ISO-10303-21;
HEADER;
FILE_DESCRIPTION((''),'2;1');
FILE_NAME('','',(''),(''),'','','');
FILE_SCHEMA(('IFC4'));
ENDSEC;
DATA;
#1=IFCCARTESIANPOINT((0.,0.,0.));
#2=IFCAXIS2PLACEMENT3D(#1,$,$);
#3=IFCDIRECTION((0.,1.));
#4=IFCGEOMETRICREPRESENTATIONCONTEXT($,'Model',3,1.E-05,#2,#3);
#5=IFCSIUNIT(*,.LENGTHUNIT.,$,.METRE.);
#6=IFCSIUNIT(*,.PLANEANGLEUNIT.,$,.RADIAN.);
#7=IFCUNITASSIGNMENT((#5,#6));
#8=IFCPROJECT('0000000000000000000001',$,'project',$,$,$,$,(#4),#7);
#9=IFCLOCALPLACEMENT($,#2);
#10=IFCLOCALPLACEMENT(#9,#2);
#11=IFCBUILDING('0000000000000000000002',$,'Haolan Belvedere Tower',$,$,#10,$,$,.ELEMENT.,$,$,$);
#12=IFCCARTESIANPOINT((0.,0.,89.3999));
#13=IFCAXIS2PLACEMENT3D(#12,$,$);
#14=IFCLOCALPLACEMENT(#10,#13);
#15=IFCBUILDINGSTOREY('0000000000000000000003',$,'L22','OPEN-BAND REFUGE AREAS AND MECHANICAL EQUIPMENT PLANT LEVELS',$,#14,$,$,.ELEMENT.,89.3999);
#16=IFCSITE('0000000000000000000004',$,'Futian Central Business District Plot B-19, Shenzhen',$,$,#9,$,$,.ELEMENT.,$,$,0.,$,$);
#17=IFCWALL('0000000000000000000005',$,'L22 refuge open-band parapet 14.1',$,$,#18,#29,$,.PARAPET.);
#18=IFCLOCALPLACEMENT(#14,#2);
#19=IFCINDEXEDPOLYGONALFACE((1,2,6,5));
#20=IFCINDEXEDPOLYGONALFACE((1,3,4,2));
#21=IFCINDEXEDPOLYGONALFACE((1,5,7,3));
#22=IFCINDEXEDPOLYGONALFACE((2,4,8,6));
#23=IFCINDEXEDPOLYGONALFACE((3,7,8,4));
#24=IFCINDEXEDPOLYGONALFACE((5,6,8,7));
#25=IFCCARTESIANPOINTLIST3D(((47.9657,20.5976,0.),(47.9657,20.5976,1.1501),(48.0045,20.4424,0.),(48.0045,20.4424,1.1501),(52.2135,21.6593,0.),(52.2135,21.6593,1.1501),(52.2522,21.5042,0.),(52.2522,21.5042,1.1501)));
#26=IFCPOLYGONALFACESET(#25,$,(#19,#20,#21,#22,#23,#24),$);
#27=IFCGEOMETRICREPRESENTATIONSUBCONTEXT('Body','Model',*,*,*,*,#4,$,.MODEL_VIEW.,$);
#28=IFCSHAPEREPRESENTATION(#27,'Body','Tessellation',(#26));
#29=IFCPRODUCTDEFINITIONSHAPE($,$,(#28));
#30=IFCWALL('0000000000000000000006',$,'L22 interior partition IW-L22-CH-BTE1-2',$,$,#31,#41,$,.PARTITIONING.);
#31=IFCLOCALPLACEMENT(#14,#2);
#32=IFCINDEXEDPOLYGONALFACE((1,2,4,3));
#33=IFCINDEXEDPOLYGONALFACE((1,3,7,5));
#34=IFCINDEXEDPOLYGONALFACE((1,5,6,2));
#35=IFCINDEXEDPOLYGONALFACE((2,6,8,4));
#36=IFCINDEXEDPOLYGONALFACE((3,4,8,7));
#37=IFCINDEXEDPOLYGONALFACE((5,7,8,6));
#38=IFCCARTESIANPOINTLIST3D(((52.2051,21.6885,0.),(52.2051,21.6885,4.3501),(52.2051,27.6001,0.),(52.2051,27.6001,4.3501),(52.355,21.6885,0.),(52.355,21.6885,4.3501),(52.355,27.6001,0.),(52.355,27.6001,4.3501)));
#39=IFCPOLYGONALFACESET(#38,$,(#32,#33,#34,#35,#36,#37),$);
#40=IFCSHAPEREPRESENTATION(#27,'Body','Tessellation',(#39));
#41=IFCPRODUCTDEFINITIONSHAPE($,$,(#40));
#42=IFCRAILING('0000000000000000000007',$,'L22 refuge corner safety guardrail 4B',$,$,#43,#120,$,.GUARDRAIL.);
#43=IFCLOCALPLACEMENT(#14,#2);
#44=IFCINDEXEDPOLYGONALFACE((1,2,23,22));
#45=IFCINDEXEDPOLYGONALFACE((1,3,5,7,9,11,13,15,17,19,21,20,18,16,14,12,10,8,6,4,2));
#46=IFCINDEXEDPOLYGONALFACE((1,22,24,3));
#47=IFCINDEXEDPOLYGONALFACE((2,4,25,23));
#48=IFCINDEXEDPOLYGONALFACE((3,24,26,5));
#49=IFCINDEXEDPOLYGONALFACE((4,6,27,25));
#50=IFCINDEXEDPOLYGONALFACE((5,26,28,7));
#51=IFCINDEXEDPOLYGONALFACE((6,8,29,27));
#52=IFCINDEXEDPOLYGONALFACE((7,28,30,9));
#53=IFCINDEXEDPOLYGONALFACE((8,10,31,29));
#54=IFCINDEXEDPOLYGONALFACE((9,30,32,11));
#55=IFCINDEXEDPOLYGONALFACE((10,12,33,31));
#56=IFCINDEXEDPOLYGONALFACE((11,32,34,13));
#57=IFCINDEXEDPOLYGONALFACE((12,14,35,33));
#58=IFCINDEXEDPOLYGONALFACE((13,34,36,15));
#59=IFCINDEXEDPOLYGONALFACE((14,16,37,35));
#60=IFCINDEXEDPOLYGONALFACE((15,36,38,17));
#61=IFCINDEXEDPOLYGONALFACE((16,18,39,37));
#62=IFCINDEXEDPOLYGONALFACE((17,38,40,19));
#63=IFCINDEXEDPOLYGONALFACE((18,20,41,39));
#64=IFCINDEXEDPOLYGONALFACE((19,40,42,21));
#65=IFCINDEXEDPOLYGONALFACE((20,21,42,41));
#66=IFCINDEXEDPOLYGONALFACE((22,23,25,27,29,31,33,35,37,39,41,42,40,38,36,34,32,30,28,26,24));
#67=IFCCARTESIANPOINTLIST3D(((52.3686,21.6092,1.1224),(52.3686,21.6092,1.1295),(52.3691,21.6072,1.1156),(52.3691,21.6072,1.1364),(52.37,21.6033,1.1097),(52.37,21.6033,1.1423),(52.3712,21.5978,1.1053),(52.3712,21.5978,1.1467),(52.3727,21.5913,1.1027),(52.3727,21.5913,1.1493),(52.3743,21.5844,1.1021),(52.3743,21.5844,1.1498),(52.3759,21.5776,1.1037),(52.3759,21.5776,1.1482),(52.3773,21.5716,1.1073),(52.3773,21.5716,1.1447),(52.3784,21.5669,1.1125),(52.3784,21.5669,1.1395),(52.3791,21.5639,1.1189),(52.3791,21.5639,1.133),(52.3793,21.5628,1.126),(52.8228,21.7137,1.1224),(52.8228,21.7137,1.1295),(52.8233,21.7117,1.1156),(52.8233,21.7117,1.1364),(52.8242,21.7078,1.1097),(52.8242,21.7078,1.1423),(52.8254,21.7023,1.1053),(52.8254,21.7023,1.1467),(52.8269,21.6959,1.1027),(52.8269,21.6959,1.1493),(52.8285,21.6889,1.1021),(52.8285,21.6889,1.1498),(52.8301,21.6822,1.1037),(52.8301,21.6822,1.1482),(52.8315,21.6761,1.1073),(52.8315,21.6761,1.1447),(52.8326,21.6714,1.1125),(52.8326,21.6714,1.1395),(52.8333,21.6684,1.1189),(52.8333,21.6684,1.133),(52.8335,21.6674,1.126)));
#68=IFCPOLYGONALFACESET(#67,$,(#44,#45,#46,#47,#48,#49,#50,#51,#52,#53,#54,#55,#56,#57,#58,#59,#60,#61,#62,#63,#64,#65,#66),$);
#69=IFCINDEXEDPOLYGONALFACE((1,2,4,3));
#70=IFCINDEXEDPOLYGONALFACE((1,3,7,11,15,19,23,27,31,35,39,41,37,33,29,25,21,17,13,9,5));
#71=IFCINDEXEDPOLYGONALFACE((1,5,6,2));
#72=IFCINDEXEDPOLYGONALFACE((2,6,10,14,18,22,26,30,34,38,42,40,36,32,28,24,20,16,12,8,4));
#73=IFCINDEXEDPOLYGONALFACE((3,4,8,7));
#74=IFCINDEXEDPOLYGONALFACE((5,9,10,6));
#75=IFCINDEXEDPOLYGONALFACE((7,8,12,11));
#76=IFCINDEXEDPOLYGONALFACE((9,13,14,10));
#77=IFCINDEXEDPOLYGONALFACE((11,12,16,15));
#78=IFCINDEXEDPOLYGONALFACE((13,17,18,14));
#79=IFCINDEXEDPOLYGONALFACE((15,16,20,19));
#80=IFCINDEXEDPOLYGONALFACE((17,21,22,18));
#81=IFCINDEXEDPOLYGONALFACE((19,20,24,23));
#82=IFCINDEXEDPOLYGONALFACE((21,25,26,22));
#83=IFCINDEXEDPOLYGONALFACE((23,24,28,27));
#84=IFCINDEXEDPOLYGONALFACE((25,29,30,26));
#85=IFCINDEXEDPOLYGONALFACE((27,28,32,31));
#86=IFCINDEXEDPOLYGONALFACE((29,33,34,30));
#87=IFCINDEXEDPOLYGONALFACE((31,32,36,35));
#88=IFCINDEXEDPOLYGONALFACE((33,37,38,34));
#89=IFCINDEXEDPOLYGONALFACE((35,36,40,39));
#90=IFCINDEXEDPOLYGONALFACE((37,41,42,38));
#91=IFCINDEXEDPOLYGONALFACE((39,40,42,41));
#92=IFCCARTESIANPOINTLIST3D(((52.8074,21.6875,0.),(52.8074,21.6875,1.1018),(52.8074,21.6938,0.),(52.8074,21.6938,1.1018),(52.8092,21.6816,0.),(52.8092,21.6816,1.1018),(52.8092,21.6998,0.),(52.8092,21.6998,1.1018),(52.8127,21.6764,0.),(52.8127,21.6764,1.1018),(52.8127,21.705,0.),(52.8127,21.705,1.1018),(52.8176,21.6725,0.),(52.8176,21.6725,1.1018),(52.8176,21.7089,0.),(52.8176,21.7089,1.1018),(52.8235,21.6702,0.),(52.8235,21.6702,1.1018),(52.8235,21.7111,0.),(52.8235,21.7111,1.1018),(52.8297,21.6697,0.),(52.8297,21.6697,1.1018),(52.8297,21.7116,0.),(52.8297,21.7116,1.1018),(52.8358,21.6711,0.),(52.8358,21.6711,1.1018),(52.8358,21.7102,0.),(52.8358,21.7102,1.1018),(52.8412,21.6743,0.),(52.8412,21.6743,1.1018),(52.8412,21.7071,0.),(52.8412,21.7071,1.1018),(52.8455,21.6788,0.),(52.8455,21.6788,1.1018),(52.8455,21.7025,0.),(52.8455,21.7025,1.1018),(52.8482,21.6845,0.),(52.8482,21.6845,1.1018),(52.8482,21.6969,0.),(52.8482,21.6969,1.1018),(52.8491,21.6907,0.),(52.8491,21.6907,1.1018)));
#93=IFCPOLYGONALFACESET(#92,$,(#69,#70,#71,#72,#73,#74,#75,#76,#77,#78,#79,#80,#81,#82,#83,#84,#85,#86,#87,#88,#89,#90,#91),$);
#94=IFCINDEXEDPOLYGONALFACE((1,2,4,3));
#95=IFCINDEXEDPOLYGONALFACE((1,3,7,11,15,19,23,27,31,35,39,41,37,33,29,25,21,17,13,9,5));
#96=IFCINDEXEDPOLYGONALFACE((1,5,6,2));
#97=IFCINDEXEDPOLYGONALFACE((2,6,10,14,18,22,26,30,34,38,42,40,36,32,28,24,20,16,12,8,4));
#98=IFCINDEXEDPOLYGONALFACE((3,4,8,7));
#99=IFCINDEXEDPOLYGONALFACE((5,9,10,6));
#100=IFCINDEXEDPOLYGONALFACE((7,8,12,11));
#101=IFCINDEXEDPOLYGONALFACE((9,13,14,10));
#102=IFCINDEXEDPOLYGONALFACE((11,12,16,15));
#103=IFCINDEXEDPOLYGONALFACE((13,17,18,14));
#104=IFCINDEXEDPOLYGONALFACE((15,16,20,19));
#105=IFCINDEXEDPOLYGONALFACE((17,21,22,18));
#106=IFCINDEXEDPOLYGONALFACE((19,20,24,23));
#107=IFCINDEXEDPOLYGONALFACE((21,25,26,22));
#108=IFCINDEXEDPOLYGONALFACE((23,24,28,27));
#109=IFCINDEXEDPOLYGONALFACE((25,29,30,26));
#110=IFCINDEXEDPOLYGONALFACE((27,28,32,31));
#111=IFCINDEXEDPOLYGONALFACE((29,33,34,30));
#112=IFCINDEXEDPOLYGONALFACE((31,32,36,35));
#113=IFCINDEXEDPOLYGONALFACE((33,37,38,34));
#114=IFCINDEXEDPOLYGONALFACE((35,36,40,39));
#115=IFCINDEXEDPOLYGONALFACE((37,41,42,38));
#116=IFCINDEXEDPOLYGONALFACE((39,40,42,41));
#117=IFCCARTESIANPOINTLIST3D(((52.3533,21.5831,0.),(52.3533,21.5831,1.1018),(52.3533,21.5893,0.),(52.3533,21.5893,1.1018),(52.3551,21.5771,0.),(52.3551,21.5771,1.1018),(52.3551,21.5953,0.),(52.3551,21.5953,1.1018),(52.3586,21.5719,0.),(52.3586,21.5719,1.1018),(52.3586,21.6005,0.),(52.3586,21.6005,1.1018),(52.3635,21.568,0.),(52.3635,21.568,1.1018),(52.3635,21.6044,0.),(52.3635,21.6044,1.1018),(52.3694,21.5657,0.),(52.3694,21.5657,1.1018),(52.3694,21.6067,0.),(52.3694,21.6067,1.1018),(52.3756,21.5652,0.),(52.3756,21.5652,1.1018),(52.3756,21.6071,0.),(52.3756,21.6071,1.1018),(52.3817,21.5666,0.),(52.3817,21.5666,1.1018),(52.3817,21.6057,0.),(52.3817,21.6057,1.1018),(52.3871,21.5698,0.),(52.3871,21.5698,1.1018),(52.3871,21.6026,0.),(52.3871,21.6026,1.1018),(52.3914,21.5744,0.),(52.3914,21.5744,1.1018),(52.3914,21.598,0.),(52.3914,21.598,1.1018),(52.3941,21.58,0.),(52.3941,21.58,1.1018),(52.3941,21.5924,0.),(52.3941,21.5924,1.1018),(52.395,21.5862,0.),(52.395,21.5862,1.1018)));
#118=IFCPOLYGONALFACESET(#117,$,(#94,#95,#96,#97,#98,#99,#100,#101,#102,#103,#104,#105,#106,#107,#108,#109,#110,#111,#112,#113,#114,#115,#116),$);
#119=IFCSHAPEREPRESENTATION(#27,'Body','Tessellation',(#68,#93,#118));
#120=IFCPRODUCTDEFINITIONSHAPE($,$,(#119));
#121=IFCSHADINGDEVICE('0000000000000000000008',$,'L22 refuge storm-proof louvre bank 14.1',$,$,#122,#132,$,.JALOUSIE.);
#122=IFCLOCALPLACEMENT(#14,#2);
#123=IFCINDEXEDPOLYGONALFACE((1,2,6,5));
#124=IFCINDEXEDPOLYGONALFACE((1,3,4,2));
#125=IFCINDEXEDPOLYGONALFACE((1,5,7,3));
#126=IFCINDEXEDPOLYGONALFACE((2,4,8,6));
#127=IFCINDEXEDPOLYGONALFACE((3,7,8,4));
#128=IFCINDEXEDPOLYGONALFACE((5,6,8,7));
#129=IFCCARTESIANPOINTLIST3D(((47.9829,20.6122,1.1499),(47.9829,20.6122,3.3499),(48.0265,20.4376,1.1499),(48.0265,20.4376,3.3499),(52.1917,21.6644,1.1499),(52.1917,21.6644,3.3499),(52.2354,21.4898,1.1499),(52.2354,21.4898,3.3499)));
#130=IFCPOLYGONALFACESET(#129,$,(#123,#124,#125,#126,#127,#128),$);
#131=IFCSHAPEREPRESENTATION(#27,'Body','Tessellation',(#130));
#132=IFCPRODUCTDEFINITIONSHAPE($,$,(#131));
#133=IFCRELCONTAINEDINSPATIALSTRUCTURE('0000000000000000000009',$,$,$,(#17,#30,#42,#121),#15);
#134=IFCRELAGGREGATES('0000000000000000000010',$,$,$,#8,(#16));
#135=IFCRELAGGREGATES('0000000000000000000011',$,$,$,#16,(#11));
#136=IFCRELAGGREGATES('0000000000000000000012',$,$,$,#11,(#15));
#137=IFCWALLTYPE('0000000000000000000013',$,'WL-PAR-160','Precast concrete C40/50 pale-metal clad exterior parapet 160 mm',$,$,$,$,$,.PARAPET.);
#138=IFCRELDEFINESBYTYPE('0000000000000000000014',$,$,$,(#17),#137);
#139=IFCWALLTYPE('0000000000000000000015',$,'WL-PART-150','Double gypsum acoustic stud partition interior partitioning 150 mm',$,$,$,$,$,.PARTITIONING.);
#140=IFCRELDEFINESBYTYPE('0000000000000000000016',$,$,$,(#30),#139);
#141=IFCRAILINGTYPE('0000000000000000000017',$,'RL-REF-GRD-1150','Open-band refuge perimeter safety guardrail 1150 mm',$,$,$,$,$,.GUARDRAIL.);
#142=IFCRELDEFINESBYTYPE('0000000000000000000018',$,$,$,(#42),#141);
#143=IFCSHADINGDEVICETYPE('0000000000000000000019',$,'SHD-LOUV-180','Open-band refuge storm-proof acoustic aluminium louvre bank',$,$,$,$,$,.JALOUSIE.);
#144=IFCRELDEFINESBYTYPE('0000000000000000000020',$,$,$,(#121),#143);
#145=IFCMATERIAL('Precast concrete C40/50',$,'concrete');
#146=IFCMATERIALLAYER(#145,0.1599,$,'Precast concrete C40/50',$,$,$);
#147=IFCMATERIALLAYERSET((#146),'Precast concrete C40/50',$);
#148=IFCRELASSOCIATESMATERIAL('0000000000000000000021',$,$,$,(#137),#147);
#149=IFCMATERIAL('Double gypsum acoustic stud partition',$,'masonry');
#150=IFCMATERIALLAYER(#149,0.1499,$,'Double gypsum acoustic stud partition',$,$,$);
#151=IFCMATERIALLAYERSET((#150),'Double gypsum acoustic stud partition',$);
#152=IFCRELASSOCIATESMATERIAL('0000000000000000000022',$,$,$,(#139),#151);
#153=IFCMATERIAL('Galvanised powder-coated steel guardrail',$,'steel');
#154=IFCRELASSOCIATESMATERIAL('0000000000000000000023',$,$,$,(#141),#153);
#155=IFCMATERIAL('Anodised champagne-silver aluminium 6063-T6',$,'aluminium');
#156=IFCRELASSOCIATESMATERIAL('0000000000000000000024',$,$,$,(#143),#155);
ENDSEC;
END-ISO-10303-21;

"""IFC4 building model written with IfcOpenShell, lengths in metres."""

from ifc_helpers import new_model, si_unit, direction, frame, frame_2d, origin, origin_2d, place, context, subcontext, project, spatial, rectangle, circle, extrude, material, layer, layer_set, type_object, element, save


model = new_model("IFC4")

# Units and contexts
model_context = context("Model", 3, precision=1e-05, world=origin(), true_north=direction((0.0, 1.0)))
body_context = subcontext(model_context, "Body", "Model", "MODEL_VIEW")
ifc_project = project(units=[si_unit("LENGTHUNIT", "METRE"), si_unit("PLANEANGLEUNIT", "RADIAN")], contexts=[model_context])

# Site, building, storey
site_placement = place(None, origin())
site = spatial("IfcSite", under=ifc_project, at=site_placement, Name="Futian Central Business District Plot B-19, Shenzhen", CompositionType="ELEMENT", RefElevation=0.0)
building_placement = place(site_placement, origin())
building = spatial("IfcBuilding", under=site, at=building_placement, Name="Haolan Belvedere Tower", CompositionType="ELEMENT")
storey_placement = place(building_placement, frame((0.0, 0.0, 89.3999)))
storey = spatial("IfcBuildingStorey", under=building, at=storey_placement, Name="L22", Description="OPEN-BAND REFUGE AREAS AND MECHANICAL EQUIPMENT PLANT LEVELS", CompositionType="ELEMENT", Elevation=89.3999)

# Walls
ifc_material_1 = material(Name="Precast concrete C40/50", Category="concrete")
ifc_layer_1 = layer(ifc_material_1, 0.1599, Name="Precast concrete C40/50")
ifc_layer_set_1 = layer_set([ifc_layer_1], Name="Precast concrete C40/50")
wall_type_1 = type_object("IfcWallType", Name="WL-PAR-160", Description="Precast concrete C40/50 pale-metal clad exterior parapet 160 mm", PredefinedType="PARAPET", material=ifc_layer_set_1)
wall_1_placement = place(storey_placement, frame((47.9851, 20.52, 0.0), z_axis=(0.0, 0.0, 1.0), x_axis=(0.970152, 0.242496, 0.0)))
element("IfcWall", 1, at=wall_1_placement, inside=storey, type_object=wall_type_1, Name="L22 refuge open-band parapet 14.1", PredefinedType="PARAPET", context=body_context, shape_type="SweptSolid", body=[
    extrude(rectangle(XDim=4.3784, YDim=0.1599, at=frame_2d((2.1892, 0.0))), origin(), (0.0, 0.0, 1.0), 1.1501),
])
ifc_material_2 = material(Name="Double gypsum acoustic stud partition", Category="masonry")
ifc_layer_2 = layer(ifc_material_2, 0.1499, Name="Double gypsum acoustic stud partition")
ifc_layer_set_2 = layer_set([ifc_layer_2], Name="Double gypsum acoustic stud partition")
wall_type_2 = type_object("IfcWallType", Name="WL-PART-150", Description="Double gypsum acoustic stud partition interior partitioning 150 mm", PredefinedType="PARTITIONING", material=ifc_layer_set_2)
wall_2_placement = place(storey_placement, frame((52.28, 21.6885, 0.0), z_axis=(0.0, 0.0, 1.0), x_axis=(0.0, 1.0, 0.0)))
element("IfcWall", 2, at=wall_2_placement, inside=storey, type_object=wall_type_2, Name="L22 interior partition IW-L22-CH-BTE1-2", PredefinedType="PARTITIONING", context=body_context, shape_type="SweptSolid", body=[
    extrude(rectangle(XDim=5.9116, YDim=0.1499, at=frame_2d((2.9558, 0.0))), origin(), (0.0, 0.0, 1.0), 4.3501),
])

# Railing
ifc_material_3 = material(Name="Galvanised powder-coated steel guardrail", Category="steel")
railing_type = type_object("IfcRailingType", Name="RL-REF-GRD-1150", Description="Open-band refuge perimeter safety guardrail 1150 mm", PredefinedType="GUARDRAIL", material=ifc_material_3)
railing_placement = place(storey_placement, frame((52.8281, 21.6907, 0.0)))
element("IfcRailing", 3, at=railing_placement, inside=storey, type_object=railing_type, Name="L22 refuge corner safety guardrail 4B", PredefinedType="GUARDRAIL", context=body_context, shape_type="SweptSolid", body=[
    extrude(circle(Radius=0.0239, at=origin_2d()), frame((0.0, 0.0, 1.126), z_axis=(-0.974532, -0.224247, 0.0), x_axis=(0.224247, -0.974532, 0.0)), (0.0, 0.0, 1.0), 0.4661),
    extrude(circle(Radius=0.021, at=origin_2d()), origin(), (0.0, 0.0, 1.0), 1.1018),
    extrude(circle(Radius=0.021, at=origin_2d()), frame((-0.4541, -0.1045, 0.0)), (0.0, 0.0, 1.0), 1.1018),
])

# Shading device
ifc_material_4 = material(Name="Anodised champagne-silver aluminium 6063-T6", Category="aluminium")
shading_device_type = type_object("IfcShadingDeviceType", Name="SHD-LOUV-180", Description="Open-band refuge storm-proof acoustic aluminium louvre bank", PredefinedType="JALOUSIE", material=ifc_material_4)
shading_device_placement = place(storey_placement, frame((50.1091, 21.051, 1.1499), z_axis=(0.0, 0.0, 1.0), x_axis=(0.970144, 0.242532, 0.0)))
element("IfcShadingDevice", 4, at=shading_device_placement, inside=storey, type_object=shading_device_type, Name="L22 refuge storm-proof louvre bank 14.1", PredefinedType="JALOUSIE", context=body_context, shape_type="SweptSolid", body=[
    extrude(rectangle(XDim=4.3384, YDim=0.1799, at=origin_2d()), origin(), (0.0, 0.0, 1.0), 2.2),
])

save(model, "model.ifc")
